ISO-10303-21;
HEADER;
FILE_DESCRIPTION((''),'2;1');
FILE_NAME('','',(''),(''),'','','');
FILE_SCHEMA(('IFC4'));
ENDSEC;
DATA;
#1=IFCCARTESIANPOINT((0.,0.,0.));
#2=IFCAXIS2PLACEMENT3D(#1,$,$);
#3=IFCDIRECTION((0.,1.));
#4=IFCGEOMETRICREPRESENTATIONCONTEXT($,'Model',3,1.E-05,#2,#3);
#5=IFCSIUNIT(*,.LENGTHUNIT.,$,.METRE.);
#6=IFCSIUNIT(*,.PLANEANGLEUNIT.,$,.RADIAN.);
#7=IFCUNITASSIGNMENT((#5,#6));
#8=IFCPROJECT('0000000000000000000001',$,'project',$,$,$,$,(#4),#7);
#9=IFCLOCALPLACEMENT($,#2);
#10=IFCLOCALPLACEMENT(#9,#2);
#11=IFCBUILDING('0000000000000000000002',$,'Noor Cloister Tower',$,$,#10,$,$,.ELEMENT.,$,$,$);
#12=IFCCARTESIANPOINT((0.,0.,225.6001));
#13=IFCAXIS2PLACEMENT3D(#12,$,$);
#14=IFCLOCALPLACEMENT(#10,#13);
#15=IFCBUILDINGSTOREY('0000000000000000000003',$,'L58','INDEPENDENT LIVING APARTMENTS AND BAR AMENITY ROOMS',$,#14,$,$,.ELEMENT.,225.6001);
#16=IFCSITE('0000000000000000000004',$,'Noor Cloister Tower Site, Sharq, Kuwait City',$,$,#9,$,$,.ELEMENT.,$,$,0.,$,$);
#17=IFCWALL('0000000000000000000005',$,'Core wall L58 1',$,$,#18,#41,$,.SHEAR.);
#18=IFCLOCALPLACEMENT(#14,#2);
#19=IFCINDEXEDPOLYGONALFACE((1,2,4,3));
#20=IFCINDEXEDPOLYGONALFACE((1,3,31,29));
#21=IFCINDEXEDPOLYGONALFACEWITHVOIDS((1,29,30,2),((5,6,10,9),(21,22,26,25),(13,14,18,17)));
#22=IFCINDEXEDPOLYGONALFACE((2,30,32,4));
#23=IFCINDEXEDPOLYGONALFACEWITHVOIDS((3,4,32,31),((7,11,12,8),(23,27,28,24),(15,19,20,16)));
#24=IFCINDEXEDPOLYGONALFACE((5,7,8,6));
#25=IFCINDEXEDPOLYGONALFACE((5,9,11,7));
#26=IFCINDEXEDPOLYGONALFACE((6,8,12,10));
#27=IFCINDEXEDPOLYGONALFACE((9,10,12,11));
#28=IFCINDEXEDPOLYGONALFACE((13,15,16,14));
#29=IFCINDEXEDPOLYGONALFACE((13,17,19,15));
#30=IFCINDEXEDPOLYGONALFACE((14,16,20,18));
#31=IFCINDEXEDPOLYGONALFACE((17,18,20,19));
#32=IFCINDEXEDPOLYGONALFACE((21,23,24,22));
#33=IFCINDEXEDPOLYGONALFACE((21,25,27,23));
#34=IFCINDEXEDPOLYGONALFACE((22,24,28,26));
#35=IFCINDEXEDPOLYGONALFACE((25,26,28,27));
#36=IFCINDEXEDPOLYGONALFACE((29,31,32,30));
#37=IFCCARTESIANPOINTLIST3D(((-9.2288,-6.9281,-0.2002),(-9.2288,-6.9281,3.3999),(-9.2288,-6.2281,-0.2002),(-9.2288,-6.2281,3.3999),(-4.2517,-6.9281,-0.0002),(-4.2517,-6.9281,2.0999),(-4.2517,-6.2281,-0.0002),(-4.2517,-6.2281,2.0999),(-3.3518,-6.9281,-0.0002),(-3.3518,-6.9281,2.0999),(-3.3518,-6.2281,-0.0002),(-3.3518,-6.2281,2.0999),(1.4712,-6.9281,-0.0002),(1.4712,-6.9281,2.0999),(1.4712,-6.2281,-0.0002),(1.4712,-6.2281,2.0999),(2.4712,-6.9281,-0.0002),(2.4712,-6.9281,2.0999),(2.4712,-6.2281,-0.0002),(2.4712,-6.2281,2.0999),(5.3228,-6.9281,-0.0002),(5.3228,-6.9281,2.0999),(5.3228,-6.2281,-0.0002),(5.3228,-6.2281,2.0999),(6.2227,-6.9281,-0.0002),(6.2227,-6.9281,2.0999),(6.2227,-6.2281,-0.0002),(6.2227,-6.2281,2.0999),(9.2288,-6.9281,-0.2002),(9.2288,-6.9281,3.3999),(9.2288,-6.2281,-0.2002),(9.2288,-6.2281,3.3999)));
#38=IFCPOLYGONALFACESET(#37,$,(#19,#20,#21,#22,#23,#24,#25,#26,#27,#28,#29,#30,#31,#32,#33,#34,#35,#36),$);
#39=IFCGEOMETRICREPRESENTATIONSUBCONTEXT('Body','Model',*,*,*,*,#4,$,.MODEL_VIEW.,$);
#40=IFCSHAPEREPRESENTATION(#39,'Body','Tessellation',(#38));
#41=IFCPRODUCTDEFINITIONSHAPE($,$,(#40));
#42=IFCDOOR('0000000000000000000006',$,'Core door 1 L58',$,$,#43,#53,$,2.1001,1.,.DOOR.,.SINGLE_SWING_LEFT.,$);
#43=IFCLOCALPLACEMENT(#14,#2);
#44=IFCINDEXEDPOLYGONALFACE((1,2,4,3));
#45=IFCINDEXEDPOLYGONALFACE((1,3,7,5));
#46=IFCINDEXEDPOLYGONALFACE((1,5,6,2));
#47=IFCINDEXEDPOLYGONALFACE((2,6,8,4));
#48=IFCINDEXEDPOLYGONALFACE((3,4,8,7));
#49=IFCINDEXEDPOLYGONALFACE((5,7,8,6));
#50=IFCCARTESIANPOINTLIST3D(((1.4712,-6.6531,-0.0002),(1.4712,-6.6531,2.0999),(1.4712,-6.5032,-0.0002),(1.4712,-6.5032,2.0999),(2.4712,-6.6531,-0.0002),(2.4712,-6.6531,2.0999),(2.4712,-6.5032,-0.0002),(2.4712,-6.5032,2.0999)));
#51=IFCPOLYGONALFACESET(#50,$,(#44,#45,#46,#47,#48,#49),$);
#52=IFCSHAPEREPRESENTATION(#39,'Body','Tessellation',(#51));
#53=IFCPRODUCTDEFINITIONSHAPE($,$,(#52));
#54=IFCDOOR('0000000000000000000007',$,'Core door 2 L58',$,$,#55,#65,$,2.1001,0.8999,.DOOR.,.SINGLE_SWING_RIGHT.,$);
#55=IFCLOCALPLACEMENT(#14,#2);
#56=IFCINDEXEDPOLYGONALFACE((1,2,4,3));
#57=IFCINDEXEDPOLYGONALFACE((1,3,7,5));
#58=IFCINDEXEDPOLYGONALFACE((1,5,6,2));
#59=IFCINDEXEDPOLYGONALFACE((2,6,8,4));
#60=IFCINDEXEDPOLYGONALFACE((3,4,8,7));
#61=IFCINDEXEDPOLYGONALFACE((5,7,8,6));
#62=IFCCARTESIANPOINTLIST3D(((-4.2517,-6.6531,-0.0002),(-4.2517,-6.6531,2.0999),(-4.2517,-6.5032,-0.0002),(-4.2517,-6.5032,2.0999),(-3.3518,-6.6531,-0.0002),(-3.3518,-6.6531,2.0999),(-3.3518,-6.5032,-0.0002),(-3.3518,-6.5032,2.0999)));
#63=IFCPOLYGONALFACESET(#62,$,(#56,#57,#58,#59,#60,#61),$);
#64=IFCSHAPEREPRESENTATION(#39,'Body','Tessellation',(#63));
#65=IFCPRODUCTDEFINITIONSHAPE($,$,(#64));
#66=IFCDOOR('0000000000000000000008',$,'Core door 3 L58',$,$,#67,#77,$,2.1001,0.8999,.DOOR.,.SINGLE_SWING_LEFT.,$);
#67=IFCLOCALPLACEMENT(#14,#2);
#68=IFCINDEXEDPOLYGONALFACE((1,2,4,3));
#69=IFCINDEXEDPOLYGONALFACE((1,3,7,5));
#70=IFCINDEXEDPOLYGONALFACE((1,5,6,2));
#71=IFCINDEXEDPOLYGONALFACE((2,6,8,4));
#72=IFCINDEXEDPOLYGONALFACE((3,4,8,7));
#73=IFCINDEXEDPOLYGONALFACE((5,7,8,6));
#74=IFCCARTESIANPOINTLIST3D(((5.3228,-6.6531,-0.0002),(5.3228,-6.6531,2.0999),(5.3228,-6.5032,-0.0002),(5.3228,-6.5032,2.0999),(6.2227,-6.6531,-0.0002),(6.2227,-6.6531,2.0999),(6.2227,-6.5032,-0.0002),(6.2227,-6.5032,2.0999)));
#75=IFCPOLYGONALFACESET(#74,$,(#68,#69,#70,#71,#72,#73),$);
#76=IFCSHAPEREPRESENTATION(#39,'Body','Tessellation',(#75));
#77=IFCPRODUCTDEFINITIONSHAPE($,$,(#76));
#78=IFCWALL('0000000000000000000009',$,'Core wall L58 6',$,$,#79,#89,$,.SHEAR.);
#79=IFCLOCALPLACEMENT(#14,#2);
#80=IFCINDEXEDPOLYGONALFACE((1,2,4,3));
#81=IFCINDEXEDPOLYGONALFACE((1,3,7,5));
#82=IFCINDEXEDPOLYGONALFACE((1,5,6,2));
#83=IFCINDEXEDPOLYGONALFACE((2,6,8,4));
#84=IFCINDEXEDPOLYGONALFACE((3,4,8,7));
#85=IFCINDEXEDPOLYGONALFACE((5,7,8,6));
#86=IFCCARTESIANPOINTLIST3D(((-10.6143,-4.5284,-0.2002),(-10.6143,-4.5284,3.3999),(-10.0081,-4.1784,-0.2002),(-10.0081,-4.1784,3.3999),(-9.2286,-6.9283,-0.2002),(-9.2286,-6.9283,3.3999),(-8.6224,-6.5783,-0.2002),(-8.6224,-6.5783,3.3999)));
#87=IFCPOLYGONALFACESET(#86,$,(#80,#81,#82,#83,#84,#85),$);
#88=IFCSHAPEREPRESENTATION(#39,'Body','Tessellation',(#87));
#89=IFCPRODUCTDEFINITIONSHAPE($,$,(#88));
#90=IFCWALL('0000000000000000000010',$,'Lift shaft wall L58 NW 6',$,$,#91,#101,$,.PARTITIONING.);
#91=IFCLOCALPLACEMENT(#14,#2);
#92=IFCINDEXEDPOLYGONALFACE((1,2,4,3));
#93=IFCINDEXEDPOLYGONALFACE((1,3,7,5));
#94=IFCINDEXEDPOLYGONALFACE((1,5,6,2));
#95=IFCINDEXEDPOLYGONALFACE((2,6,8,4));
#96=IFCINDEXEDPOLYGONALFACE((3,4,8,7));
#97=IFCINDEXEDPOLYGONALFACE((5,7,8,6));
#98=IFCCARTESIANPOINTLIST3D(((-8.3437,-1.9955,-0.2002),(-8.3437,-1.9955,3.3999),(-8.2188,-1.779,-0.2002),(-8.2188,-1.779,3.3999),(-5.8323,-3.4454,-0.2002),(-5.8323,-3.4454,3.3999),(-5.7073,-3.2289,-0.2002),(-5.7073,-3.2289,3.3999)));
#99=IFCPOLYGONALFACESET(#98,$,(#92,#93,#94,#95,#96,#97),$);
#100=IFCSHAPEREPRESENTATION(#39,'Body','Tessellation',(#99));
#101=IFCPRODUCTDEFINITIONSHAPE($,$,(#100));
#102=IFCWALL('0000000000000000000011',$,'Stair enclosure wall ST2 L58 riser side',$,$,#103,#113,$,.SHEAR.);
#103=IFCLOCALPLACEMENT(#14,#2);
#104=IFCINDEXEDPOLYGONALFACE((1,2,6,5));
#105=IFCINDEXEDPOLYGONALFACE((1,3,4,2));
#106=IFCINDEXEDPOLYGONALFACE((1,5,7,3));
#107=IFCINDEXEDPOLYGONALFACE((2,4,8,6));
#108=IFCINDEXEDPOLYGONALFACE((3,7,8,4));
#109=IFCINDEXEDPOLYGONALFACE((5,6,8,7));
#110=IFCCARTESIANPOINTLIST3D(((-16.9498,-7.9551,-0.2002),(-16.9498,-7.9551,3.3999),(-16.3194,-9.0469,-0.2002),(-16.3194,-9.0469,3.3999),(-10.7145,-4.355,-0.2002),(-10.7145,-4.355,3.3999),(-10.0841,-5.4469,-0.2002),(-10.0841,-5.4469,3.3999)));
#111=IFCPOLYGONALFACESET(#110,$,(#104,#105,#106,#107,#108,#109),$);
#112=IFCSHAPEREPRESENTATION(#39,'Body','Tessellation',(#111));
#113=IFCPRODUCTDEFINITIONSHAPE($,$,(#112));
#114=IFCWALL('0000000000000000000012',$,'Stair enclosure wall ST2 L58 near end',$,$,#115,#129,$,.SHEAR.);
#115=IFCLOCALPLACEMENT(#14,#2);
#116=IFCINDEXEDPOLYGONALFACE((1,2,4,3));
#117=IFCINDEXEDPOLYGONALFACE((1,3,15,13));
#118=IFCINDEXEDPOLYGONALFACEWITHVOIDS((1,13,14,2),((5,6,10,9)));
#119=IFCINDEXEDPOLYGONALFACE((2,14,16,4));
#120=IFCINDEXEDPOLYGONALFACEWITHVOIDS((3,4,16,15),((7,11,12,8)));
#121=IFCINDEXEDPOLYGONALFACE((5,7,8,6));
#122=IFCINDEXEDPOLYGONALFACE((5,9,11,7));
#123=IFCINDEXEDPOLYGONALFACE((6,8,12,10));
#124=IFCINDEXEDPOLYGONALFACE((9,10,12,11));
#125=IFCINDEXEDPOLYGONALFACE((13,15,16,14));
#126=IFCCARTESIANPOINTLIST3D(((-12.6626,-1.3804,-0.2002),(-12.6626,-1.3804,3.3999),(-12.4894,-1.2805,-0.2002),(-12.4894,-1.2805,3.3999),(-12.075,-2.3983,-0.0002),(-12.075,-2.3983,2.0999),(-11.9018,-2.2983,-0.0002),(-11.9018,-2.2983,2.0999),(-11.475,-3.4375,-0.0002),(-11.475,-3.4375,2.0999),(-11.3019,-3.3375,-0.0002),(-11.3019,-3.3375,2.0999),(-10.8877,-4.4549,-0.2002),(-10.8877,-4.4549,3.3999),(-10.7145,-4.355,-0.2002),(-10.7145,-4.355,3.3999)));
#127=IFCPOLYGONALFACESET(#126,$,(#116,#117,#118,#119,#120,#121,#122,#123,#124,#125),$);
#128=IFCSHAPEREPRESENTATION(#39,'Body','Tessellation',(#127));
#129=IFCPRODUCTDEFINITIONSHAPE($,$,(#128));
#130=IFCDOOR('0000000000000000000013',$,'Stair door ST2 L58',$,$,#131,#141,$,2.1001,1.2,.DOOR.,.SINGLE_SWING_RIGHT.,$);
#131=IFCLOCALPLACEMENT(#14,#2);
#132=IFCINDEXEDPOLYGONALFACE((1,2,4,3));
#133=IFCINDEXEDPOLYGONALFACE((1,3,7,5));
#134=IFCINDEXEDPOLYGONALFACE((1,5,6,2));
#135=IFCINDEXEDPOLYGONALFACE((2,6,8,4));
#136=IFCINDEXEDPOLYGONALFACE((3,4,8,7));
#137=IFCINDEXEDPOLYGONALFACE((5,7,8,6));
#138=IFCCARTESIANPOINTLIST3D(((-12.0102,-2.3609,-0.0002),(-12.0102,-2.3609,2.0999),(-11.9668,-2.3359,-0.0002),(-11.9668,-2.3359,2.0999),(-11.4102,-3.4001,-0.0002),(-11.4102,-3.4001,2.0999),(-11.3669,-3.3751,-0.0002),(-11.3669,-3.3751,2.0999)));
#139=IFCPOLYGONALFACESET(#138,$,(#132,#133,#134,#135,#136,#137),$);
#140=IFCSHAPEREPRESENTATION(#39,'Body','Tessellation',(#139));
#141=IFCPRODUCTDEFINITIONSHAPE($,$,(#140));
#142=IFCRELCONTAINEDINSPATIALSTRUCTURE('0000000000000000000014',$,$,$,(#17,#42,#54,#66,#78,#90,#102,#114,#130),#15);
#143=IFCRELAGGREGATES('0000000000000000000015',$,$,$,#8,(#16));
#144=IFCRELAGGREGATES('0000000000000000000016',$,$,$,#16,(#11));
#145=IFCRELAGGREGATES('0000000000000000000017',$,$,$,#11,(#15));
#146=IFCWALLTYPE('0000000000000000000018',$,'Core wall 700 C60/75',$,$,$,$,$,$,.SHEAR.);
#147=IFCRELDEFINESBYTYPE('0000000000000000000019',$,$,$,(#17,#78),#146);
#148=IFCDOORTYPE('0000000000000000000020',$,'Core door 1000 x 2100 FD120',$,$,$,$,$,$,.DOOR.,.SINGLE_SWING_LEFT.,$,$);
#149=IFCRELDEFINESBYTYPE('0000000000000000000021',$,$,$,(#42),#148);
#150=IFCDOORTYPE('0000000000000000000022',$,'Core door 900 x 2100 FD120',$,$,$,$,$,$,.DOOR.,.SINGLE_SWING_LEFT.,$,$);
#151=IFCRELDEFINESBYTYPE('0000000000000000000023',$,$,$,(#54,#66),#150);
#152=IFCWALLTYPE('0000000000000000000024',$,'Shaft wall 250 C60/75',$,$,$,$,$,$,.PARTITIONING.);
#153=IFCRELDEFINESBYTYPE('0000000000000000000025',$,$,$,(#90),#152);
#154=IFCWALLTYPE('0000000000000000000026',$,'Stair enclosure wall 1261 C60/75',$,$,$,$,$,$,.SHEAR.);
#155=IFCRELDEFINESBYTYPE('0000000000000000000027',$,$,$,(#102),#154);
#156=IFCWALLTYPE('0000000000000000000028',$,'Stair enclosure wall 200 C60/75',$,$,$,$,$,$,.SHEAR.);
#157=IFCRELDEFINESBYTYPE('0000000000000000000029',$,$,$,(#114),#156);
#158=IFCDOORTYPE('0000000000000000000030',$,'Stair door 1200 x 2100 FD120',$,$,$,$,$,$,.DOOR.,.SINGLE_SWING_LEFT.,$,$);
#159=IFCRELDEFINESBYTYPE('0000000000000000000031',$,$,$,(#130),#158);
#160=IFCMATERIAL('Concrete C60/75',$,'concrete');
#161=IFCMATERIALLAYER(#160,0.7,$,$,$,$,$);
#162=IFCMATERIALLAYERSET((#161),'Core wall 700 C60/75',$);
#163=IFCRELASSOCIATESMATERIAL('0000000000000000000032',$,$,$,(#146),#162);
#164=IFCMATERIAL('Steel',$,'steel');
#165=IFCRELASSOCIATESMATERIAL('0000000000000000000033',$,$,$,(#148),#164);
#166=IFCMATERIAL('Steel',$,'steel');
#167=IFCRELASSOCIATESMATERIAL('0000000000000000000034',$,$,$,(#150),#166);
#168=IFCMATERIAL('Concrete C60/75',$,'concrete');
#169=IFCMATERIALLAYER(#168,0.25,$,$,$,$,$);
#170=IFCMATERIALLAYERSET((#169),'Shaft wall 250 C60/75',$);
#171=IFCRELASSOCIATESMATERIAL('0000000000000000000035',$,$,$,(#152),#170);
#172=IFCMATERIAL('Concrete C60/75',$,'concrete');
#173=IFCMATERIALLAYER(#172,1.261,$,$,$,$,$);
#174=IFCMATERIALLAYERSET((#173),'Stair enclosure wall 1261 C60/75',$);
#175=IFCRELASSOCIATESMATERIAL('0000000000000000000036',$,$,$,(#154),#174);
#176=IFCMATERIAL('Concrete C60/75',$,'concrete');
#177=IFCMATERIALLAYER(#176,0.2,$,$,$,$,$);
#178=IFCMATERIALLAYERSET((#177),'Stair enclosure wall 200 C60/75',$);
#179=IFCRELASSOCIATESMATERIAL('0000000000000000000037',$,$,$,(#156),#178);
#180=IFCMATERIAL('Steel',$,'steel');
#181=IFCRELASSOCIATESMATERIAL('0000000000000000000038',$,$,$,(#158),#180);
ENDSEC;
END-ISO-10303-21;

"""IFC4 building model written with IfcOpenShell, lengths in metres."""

from ifc_helpers import new_model, si_unit, direction, frame, frame_2d, origin, place, context, subcontext, project, spatial, rectangle, extrude, material, layer, layer_set, type_object, element, fill, save


model = new_model("IFC4")

# Units and contexts
model_context = context("Model", 3, precision=1e-05, world=origin(), true_north=direction((0.0, 1.0)))
body_context = subcontext(model_context, "Body", "Model", "MODEL_VIEW")
ifc_project = project(units=[si_unit("LENGTHUNIT", "METRE"), si_unit("PLANEANGLEUNIT", "RADIAN")], contexts=[model_context])

# Site, building, storey
site_placement = place(None, origin())
site = spatial("IfcSite", under=ifc_project, at=site_placement, Name="Noor Cloister Tower Site, Sharq, Kuwait City", CompositionType="ELEMENT", RefElevation=0.0)
building_placement = place(site_placement, origin())
building = spatial("IfcBuilding", under=site, at=building_placement, Name="Noor Cloister Tower", CompositionType="ELEMENT")
storey_placement = place(building_placement, frame((0.0, 0.0, 225.6001)))
storey = spatial("IfcBuildingStorey", under=building, at=storey_placement, Name="L58", Description="INDEPENDENT LIVING APARTMENTS AND BAR AMENITY ROOMS", CompositionType="ELEMENT", Elevation=225.6001)

# Wall, openings, doors
ifc_material_1 = material(Name="Concrete C60/75", Category="concrete")
ifc_layer_1 = layer(ifc_material_1, 0.7)
ifc_layer_set_1 = layer_set([ifc_layer_1], Name="Core wall 700 C60/75")
wall_type_1 = type_object("IfcWallType", Name="Core wall 700 C60/75", PredefinedType="SHEAR", material=ifc_layer_set_1)
wall_1_placement = place(storey_placement, frame((-9.2288, -6.5781, -0.2002), z_axis=(0.0, 0.0, 1.0), x_axis=(1.0, 0.0, 0.0)))
wall_1 = element("IfcWall", 1, at=wall_1_placement, inside=storey, type_object=wall_type_1, Name="Core wall L58 1", PredefinedType="SHEAR", context=body_context, shape_type="SweptSolid", body=[
    extrude(rectangle(XDim=18.4575, YDim=0.7, at=frame_2d((9.2288, 0.0))), origin(), (0.0, 0.0, 1.0), 3.6001),
])
opening_1_placement = place(wall_1_placement, frame((10.7, 0.0, 0.2)))
opening_1 = element("IfcOpeningElement", 2, at=opening_1_placement, cuts=wall_1, PredefinedType="OPENING", context=body_context, shape_type="SweptSolid", body=[
    extrude(rectangle(XDim=1.0, YDim=2.1001, at=frame_2d((0.5, 1.05))), frame((0.0, 0.3599, 0.0), z_axis=(0.0, -1.0, 0.0), x_axis=(1.0, 0.0, 0.0)), (0.0, 0.0, 1.0), 0.72),
])
opening_2_placement = place(wall_1_placement, frame((4.9771, 0.0, 0.2)))
opening_2 = element("IfcOpeningElement", 3, at=opening_2_placement, cuts=wall_1, PredefinedType="OPENING", context=body_context, shape_type="SweptSolid", body=[
    extrude(rectangle(XDim=0.8999, YDim=2.1001, at=frame_2d((0.45, 1.05))), frame((0.0, 0.3599, 0.0), z_axis=(0.0, -1.0, 0.0), x_axis=(1.0, 0.0, 0.0)), (0.0, 0.0, 1.0), 0.72),
])
opening_3_placement = place(wall_1_placement, frame((14.5515, 0.0, 0.2)))
opening_3 = element("IfcOpeningElement", 4, at=opening_3_placement, cuts=wall_1, PredefinedType="OPENING", context=body_context, shape_type="SweptSolid", body=[
    extrude(rectangle(XDim=0.8999, YDim=2.1001, at=frame_2d((0.45, 1.05))), frame((0.0, 0.3599, 0.0), z_axis=(0.0, -1.0, 0.0), x_axis=(1.0, 0.0, 0.0)), (0.0, 0.0, 1.0), 0.72),
])
ifc_material_2 = material(Name="Steel", Category="steel")
door_type_1 = type_object("IfcDoorType", Name="Core door 1000 x 2100 FD120", OperationType="SINGLE_SWING_LEFT", PredefinedType="DOOR", material=ifc_material_2)
door_1_placement = place(opening_1_placement, origin())
door_1 = element("IfcDoor", 5, at=door_1_placement, inside=storey, type_object=door_type_1, Name="Core door 1 L58", OperationType="SINGLE_SWING_LEFT", OverallHeight=2.1001, OverallWidth=1.0, PredefinedType="DOOR", context=body_context, shape_type="SweptSolid", body=[
    extrude(rectangle(XDim=1.0, YDim=2.1001, at=frame_2d((0.5, 1.05))), frame((0.0, 0.075, 0.0), z_axis=(0.0, -1.0, 0.0), x_axis=(1.0, 0.0, 0.0)), (0.0, 0.0, 1.0), 0.1499),
])
fill(opening_1, door_1)
ifc_material_3 = material(Name="Steel", Category="steel")
door_type_2 = type_object("IfcDoorType", Name="Core door 900 x 2100 FD120", OperationType="SINGLE_SWING_LEFT", PredefinedType="DOOR", material=ifc_material_3)
door_2_placement = place(opening_2_placement, origin())
door_2 = element("IfcDoor", 6, at=door_2_placement, inside=storey, type_object=door_type_2, Name="Core door 2 L58", OperationType="SINGLE_SWING_RIGHT", OverallHeight=2.1001, OverallWidth=0.8999, PredefinedType="DOOR", context=body_context, shape_type="SweptSolid", body=[
    extrude(rectangle(XDim=0.8999, YDim=2.1001, at=frame_2d((0.45, 1.05))), frame((0.0, 0.075, 0.0), z_axis=(0.0, -1.0, 0.0), x_axis=(1.0, 0.0, 0.0)), (0.0, 0.0, 1.0), 0.1499),
])
fill(opening_2, door_2)
door_3_placement = place(opening_3_placement, origin())
door_3 = element("IfcDoor", 7, at=door_3_placement, inside=storey, type_object=door_type_2, Name="Core door 3 L58", OperationType="SINGLE_SWING_LEFT", OverallHeight=2.1001, OverallWidth=0.8999, PredefinedType="DOOR", context=body_context, shape_type="SweptSolid", body=[
    extrude(rectangle(XDim=0.8999, YDim=2.1001, at=frame_2d((0.45, 1.05))), frame((0.0, 0.075, 0.0), z_axis=(0.0, -1.0, 0.0), x_axis=(1.0, 0.0, 0.0)), (0.0, 0.0, 1.0), 0.1499),
])
fill(opening_3, door_3)

# Walls
wall_2_placement = place(storey_placement, frame((-10.3113, -4.3533, -0.2002), z_axis=(0.0, 0.0, 1.0), x_axis=(0.500043, -0.866001, 0.0)))
element("IfcWall", 8, at=wall_2_placement, inside=storey, type_object=wall_type_1, Name="Core wall L58 6", PredefinedType="SHEAR", context=body_context, shape_type="SweptSolid", body=[
    extrude(rectangle(XDim=2.7712, YDim=0.7, at=frame_2d((1.3857, 0.0))), origin(), (0.0, 0.0, 1.0), 3.6001),
])
ifc_material_4 = material(Name="Concrete C60/75", Category="concrete")
ifc_layer_2 = layer(ifc_material_4, 0.25)
ifc_layer_set_2 = layer_set([ifc_layer_2], Name="Shaft wall 250 C60/75")
wall_type_2 = type_object("IfcWallType", Name="Shaft wall 250 C60/75", PredefinedType="PARTITIONING", material=ifc_layer_set_2)
wall_3_placement = place(storey_placement, frame((-8.2812, -1.8872, -0.2002), z_axis=(0.0, 0.0, 1.0), x_axis=(0.866033, -0.499987, 0.0)))
element("IfcWall", 9, at=wall_3_placement, inside=storey, type_object=wall_type_2, Name="Lift shaft wall L58 NW 6", PredefinedType="PARTITIONING", context=body_context, shape_type="SweptSolid", body=[
    extrude(rectangle(XDim=2.8999, YDim=0.25, at=frame_2d((1.45, 0.0))), origin(), (0.0, 0.0, 1.0), 3.6001),
])
ifc_material_5 = material(Name="Concrete C60/75", Category="concrete")
ifc_layer_3 = layer(ifc_material_5, 1.261)
ifc_layer_set_3 = layer_set([ifc_layer_3], Name="Stair enclosure wall 1261 C60/75")
wall_type_3 = type_object("IfcWallType", Name="Stair enclosure wall 1261 C60/75", PredefinedType="SHEAR", material=ifc_layer_set_3)
wall_4_placement = place(storey_placement, frame((-10.3992, -4.9009, -0.2002), z_axis=(0.0, 0.0, 1.0), x_axis=(-0.866018, -0.500012, 0.0)))
element("IfcWall", 10, at=wall_4_placement, inside=storey, type_object=wall_type_3, Name="Stair enclosure wall ST2 L58 riser side", PredefinedType="SHEAR", context=body_context, shape_type="SweptSolid", body=[
    extrude(rectangle(XDim=7.2, YDim=1.2607, at=frame_2d((3.6001, 0.0))), origin(), (0.0, 0.0, 1.0), 3.6001),
])

# Wall, opening, door
ifc_material_6 = material(Name="Concrete C60/75", Category="concrete")
ifc_layer_4 = layer(ifc_material_6, 0.2)
ifc_layer_set_4 = layer_set([ifc_layer_4], Name="Stair enclosure wall 200 C60/75")
wall_type_4 = type_object("IfcWallType", Name="Stair enclosure wall 200 C60/75", PredefinedType="SHEAR", material=ifc_layer_set_4)
wall_5_placement = place(storey_placement, frame((-12.5759, -1.3306, -0.2002), z_axis=(0.0, 0.0, 1.0), x_axis=(0.49997, -0.866042, 0.0)))
wall_5 = element("IfcWall", 11, at=wall_5_placement, inside=storey, type_object=wall_type_4, Name="Stair enclosure wall ST2 L58 near end", PredefinedType="SHEAR", context=body_context, shape_type="SweptSolid", body=[
    extrude(rectangle(XDim=3.55, YDim=0.2, at=frame_2d((1.7749, 0.0))), origin(), (0.0, 0.0, 1.0), 3.6001),
])
opening_4_placement = place(wall_5_placement, frame((1.175, 0.0, 0.2)))
opening_4 = element("IfcOpeningElement", 12, at=opening_4_placement, cuts=wall_5, PredefinedType="OPENING", context=body_context, shape_type="SweptSolid", body=[
    extrude(rectangle(XDim=1.2, YDim=2.1001, at=frame_2d((0.6001, 1.05))), frame((0.0, 0.1099, 0.0), z_axis=(0.0, -1.0, 0.0), x_axis=(1.0, 0.0, 0.0)), (0.0, 0.0, 1.0), 0.22),
])
ifc_material_7 = material(Name="Steel", Category="steel")
door_type_3 = type_object("IfcDoorType", Name="Stair door 1200 x 2100 FD120", OperationType="SINGLE_SWING_LEFT", PredefinedType="DOOR", material=ifc_material_7)
door_4_placement = place(opening_4_placement, origin())
door_4 = element("IfcDoor", 13, at=door_4_placement, inside=storey, type_object=door_type_3, Name="Stair door ST2 L58", OperationType="SINGLE_SWING_RIGHT", OverallHeight=2.1001, OverallWidth=1.2, PredefinedType="DOOR", context=body_context, shape_type="SweptSolid", body=[
    extrude(rectangle(XDim=1.2, YDim=2.1001, at=frame_2d((0.6001, 1.05))), frame((0.0, 0.0249, 0.0), z_axis=(0.0, -1.0, 0.0), x_axis=(1.0, 0.0, 0.0)), (0.0, 0.0, 1.0), 0.05),
])
fill(opening_4, door_4)

save(model, "model.ifc")
